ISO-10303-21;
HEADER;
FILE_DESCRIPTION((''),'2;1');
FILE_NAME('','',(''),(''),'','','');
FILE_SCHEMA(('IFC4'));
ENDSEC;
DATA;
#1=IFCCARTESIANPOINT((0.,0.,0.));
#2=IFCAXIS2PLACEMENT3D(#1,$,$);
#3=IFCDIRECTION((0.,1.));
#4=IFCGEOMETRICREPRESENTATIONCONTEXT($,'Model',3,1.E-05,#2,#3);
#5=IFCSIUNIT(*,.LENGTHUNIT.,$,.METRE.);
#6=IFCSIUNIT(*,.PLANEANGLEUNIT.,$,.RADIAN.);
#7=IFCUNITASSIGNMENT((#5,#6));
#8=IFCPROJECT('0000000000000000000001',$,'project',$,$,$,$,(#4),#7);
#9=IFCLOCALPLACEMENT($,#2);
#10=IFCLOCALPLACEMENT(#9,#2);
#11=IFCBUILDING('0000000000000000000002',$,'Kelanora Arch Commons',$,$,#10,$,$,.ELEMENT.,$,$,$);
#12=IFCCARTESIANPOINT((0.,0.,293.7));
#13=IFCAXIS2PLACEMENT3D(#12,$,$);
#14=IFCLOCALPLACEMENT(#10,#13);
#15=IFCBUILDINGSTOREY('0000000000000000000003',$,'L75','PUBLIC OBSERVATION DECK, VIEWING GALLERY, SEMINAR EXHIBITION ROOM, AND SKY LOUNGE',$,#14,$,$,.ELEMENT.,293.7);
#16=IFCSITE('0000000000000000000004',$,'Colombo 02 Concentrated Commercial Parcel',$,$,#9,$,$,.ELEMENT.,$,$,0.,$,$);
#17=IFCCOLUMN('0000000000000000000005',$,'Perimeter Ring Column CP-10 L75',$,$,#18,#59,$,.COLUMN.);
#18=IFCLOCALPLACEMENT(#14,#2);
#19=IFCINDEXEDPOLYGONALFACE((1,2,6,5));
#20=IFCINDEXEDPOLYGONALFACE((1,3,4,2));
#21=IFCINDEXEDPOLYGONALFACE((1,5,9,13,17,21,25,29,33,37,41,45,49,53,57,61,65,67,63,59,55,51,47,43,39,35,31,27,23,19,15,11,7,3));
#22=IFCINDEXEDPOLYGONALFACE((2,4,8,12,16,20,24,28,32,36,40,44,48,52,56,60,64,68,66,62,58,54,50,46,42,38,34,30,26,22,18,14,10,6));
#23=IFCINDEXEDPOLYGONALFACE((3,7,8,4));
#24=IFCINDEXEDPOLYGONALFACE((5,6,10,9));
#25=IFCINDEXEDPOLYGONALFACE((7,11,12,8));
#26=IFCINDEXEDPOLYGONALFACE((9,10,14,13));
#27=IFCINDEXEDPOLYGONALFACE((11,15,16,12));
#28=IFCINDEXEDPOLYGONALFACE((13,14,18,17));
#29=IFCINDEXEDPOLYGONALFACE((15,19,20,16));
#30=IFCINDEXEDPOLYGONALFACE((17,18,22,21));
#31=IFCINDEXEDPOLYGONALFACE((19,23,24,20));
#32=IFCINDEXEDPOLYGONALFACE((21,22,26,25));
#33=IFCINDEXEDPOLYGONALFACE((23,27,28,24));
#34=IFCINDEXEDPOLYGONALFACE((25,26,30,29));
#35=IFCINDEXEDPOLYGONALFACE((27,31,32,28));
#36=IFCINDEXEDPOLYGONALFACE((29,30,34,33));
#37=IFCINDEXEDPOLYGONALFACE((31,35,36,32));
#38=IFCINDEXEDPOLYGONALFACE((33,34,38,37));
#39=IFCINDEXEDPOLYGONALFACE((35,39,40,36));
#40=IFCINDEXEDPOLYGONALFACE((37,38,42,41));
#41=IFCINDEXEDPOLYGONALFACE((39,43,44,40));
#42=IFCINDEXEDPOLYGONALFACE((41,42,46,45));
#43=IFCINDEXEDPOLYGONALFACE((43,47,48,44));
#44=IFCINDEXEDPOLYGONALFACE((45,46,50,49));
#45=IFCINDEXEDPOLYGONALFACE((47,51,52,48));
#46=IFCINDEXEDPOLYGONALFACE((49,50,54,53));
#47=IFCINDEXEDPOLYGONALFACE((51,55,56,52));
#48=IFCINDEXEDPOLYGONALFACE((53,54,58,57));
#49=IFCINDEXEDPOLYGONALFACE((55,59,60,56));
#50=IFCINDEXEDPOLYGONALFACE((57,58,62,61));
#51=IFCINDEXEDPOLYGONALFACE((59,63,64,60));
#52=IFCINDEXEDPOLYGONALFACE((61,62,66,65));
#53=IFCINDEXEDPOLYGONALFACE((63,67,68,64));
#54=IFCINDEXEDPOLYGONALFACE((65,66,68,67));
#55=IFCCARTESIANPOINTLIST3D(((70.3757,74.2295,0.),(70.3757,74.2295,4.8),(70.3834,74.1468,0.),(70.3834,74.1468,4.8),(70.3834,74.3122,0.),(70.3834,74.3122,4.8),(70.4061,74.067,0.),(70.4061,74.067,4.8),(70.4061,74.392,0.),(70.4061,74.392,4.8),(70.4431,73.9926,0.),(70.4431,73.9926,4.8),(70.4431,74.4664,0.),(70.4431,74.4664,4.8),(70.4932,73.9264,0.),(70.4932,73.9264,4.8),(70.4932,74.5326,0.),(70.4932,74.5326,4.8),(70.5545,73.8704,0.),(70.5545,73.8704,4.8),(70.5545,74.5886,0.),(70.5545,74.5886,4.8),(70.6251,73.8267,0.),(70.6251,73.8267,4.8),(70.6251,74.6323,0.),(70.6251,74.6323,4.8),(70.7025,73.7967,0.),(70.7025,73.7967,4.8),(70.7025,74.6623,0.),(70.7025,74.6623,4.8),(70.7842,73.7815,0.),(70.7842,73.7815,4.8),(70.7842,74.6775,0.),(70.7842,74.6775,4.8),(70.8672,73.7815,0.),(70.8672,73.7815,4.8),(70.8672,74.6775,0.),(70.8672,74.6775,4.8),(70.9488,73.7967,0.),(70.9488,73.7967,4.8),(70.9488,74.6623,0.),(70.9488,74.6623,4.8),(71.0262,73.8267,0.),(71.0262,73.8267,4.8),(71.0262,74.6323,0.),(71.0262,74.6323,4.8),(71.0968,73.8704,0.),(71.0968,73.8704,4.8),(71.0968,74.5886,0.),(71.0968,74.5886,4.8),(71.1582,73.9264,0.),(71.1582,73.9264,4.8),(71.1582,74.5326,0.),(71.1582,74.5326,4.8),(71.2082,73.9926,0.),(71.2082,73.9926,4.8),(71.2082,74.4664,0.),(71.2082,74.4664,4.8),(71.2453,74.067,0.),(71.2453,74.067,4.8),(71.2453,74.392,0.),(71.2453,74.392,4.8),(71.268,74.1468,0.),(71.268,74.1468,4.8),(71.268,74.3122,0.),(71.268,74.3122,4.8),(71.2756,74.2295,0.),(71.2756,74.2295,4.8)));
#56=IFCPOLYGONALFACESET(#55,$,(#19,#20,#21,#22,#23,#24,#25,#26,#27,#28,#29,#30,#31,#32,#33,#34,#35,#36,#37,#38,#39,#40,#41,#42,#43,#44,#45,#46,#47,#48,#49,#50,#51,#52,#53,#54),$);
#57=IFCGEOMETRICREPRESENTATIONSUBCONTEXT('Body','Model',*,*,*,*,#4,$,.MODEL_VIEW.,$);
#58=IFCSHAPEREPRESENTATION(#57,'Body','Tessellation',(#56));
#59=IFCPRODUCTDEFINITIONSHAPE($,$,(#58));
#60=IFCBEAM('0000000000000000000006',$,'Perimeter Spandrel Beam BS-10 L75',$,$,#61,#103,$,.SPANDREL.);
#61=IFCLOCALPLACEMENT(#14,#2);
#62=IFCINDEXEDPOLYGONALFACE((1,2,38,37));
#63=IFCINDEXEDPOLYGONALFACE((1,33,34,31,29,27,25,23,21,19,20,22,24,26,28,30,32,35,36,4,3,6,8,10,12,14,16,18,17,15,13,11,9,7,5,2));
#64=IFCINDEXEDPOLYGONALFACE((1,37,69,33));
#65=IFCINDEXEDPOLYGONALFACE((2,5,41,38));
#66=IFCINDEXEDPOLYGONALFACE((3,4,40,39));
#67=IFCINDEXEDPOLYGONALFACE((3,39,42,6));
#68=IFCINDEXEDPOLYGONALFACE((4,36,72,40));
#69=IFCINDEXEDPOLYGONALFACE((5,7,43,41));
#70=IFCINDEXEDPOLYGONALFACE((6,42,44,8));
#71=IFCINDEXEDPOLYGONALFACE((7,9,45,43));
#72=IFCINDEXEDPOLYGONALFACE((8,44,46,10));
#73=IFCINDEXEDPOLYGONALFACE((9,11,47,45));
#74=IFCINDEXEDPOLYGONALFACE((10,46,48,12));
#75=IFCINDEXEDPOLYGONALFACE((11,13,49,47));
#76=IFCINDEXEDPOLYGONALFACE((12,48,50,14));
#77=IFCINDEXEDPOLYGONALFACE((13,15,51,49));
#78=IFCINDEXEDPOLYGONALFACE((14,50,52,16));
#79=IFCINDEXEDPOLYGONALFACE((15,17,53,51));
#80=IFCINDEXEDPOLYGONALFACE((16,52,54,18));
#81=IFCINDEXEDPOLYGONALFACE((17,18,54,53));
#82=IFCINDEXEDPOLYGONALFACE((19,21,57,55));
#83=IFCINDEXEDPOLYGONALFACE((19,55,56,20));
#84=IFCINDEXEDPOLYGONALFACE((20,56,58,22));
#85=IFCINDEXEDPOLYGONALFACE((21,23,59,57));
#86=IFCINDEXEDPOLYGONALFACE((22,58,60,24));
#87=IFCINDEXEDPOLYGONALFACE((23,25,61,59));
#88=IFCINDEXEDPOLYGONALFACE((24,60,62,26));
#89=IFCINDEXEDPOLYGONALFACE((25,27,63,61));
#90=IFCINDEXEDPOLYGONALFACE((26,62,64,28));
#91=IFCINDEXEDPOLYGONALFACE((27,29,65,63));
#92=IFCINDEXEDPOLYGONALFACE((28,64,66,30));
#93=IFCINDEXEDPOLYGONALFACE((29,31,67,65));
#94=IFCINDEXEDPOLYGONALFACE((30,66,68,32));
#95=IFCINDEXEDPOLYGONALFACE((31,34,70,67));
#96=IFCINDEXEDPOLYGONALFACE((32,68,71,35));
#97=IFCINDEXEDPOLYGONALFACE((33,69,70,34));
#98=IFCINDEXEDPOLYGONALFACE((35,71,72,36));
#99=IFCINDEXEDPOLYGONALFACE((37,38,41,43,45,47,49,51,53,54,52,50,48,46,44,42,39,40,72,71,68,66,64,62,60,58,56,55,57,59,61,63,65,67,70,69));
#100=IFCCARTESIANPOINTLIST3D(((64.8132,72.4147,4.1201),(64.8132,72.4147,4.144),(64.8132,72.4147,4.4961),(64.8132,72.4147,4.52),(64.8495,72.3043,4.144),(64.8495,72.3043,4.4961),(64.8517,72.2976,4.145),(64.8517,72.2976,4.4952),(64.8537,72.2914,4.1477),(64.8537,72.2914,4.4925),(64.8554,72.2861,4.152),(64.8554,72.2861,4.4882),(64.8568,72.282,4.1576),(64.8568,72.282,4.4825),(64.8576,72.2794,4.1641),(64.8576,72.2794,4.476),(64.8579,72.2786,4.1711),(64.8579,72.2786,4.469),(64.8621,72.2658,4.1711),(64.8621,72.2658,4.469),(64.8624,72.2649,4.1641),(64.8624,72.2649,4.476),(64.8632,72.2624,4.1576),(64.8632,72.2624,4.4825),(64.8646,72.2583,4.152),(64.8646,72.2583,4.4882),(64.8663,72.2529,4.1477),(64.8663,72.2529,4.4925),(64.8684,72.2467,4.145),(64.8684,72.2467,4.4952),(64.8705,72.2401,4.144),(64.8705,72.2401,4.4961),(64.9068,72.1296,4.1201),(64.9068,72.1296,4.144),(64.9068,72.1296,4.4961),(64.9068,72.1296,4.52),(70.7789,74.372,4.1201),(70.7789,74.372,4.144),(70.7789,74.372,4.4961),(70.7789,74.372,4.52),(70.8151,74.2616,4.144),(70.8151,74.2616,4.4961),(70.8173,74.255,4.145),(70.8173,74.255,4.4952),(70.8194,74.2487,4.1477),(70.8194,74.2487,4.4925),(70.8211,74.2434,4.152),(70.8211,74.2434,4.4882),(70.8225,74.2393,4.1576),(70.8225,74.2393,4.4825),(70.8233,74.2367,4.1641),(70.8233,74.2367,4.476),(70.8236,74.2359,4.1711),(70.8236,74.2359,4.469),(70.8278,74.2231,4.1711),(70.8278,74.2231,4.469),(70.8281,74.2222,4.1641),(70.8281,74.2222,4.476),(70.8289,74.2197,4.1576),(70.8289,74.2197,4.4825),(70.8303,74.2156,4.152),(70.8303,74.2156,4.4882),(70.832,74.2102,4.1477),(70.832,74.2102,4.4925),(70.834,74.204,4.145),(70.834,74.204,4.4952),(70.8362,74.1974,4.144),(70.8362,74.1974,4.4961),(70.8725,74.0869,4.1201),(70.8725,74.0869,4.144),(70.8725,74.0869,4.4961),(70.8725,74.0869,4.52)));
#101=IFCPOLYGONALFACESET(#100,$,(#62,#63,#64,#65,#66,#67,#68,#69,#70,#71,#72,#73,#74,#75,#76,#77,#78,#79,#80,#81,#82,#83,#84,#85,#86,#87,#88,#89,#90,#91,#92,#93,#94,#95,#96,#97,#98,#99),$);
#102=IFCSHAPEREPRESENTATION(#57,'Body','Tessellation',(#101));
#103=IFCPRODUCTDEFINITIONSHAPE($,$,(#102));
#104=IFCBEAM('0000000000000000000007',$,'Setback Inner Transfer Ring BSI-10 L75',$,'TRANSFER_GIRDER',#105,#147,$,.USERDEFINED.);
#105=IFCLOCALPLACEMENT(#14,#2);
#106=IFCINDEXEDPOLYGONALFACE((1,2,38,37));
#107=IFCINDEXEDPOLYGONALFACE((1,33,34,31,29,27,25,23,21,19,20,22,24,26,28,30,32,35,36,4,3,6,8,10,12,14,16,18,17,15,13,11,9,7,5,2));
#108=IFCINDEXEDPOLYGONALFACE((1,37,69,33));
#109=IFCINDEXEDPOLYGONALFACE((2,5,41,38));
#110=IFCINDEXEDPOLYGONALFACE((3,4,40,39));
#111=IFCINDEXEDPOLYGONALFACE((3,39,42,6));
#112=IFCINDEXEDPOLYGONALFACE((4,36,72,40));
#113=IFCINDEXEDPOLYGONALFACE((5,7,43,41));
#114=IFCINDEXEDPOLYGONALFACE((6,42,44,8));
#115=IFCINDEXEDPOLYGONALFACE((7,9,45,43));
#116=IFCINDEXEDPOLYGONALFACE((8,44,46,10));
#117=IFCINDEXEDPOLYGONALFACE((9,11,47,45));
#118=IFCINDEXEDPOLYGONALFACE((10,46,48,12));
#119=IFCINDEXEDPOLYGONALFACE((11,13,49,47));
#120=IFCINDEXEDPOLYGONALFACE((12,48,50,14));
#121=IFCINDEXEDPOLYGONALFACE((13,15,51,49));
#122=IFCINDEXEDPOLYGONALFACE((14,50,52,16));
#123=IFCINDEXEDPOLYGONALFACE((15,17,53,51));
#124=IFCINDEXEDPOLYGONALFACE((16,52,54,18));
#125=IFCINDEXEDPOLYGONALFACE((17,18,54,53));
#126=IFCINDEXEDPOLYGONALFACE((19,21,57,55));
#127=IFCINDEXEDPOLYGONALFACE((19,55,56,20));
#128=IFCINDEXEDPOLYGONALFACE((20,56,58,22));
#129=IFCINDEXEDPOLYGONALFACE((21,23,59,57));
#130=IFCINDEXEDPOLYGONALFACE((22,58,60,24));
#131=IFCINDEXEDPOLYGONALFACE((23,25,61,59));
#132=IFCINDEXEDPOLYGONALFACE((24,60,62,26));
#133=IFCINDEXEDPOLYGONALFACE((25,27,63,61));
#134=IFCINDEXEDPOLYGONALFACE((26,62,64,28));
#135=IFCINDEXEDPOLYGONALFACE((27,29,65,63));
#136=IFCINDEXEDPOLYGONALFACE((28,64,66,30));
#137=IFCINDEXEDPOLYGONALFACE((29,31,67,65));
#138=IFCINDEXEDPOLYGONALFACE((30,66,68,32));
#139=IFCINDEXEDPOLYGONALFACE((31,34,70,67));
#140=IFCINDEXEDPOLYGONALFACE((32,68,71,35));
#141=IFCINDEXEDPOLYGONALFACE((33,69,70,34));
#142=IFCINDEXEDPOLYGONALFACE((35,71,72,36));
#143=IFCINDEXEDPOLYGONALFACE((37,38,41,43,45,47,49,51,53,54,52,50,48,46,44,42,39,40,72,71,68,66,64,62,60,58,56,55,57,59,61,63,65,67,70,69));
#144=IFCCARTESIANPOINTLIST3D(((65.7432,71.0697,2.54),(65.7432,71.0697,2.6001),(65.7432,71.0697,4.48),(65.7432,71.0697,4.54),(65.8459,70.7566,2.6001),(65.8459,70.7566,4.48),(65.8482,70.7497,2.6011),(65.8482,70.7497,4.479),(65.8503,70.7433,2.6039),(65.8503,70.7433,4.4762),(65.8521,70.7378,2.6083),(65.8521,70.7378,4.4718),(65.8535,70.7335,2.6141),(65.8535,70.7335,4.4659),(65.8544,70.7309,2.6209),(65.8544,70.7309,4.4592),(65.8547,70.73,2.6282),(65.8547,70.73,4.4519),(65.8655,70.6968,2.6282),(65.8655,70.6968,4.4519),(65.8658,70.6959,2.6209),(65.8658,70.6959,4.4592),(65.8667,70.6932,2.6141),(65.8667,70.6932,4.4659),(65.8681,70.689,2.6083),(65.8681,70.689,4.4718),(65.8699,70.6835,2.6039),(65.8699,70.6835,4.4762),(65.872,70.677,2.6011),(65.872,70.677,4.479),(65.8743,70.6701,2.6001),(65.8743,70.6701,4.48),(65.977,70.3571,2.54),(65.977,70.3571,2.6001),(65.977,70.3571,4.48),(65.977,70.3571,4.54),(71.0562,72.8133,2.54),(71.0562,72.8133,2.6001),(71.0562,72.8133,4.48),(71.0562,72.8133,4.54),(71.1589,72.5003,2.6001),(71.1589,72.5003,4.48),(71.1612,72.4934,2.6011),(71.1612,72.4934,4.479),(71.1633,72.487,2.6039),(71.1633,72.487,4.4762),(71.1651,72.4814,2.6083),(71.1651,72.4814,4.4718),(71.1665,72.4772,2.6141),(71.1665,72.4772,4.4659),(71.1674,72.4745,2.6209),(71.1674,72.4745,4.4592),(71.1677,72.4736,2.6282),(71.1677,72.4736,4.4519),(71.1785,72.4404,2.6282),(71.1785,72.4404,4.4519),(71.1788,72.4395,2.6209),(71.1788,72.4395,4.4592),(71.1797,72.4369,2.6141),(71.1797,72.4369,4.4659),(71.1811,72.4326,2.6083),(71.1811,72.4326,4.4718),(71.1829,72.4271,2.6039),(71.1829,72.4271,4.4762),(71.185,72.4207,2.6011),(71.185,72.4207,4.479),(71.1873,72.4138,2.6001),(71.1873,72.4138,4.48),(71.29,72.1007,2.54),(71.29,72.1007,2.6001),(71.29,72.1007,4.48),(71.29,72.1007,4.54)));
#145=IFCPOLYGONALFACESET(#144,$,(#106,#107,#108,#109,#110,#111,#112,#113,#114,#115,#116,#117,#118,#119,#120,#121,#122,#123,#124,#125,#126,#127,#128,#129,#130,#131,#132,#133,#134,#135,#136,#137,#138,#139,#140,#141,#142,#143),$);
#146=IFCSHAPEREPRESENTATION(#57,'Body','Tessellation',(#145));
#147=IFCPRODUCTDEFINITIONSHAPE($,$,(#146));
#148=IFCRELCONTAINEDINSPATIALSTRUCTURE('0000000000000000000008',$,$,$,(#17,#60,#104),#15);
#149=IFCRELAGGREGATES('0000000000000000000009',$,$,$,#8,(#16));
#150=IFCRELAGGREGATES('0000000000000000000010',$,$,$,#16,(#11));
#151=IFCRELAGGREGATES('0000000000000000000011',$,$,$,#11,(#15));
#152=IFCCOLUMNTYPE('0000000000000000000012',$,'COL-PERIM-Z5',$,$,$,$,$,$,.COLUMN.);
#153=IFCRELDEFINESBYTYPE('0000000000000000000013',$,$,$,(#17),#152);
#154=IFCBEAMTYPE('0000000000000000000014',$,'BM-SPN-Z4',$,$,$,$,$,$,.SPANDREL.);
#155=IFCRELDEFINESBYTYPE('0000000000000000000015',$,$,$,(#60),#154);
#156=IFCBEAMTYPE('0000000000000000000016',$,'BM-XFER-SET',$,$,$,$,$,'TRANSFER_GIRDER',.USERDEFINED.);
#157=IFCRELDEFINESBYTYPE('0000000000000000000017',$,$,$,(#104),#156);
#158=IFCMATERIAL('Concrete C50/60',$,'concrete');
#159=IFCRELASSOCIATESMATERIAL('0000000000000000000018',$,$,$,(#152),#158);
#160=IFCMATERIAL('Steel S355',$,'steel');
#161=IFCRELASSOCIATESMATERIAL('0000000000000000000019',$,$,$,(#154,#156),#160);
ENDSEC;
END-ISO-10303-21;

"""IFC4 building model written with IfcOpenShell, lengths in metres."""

from ifc_helpers import new_model, si_unit, direction, frame, origin, origin_2d, place, context, subcontext, project, spatial, circle, i_section, extrude, material, material_profile, profile_set, type_object, element, save


model = new_model("IFC4")

# Units and contexts
model_context = context("Model", 3, precision=1e-05, world=origin(), true_north=direction((0.0, 1.0)))
body_context = subcontext(model_context, "Body", "Model", "MODEL_VIEW")
ifc_project = project(units=[si_unit("LENGTHUNIT", "METRE"), si_unit("PLANEANGLEUNIT", "RADIAN")], contexts=[model_context])

# Site, building, storey
site_placement = place(None, origin())
site = spatial("IfcSite", under=ifc_project, at=site_placement, Name="Colombo 02 Concentrated Commercial Parcel", CompositionType="ELEMENT", RefElevation=0.0)
building_placement = place(site_placement, origin())
building = spatial("IfcBuilding", under=site, at=building_placement, Name="Kelanora Arch Commons", CompositionType="ELEMENT")
storey_placement = place(building_placement, frame((0.0, 0.0, 293.7)))
storey = spatial("IfcBuildingStorey", under=building, at=storey_placement, Name="L75", Description="PUBLIC OBSERVATION DECK, VIEWING GALLERY, SEMINAR EXHIBITION ROOM, AND SKY LOUNGE", CompositionType="ELEMENT", Elevation=293.7)

# Column
ifc_material_1 = material(Name="Concrete C50/60", Category="concrete")
ifc_material_profile_1 = material_profile(ifc_material_1, circle(Radius=0.45, at=origin_2d()), Name="RCC900")
ifc_profile_set_1 = profile_set([ifc_material_profile_1], Name="Concrete C50/60")
column_type = type_object("IfcColumnType", Name="COL-PERIM-Z5", PredefinedType="COLUMN", material=ifc_profile_set_1)
column_placement = place(storey_placement, frame((70.8257, 74.2295, 0.0), z_axis=(0.0, 0.0, 1.0), x_axis=(1.0, 0.0, 0.0)))
element("IfcColumn", 1, at=column_placement, inside=storey, type_object=column_type, Name="Perimeter Ring Column CP-10 L75", PredefinedType="COLUMN", context=body_context, shape_type="SweptSolid", body=[
    extrude(circle(Radius=0.45, at=origin_2d()), origin(), (0.0, 0.0, 1.0), 4.8),
])

# Beams
ifc_material_2 = material(Name="Steel S355", Category="steel")
ifc_material_profile_2 = material_profile(ifc_material_2, i_section(OverallWidth=0.3, OverallDepth=0.3999, WebThickness=0.0134, FlangeThickness=0.0239, FilletRadius=0.0271, at=origin_2d()), Name="HEB400")
ifc_profile_set_2 = profile_set([ifc_material_profile_2], Name="Steel S355")
beam_type_1 = type_object("IfcBeamType", Name="BM-SPN-Z4", PredefinedType="SPANDREL", material=ifc_profile_set_2)
beam_1_placement = place(storey_placement, frame((70.8257, 74.2295, 4.3201), z_axis=(-0.950166, -0.311745, 0.0), x_axis=(0.311745, -0.950166, 0.0)))
element("IfcBeam", 2, at=beam_1_placement, inside=storey, type_object=beam_type_1, Name="Perimeter Spandrel Beam BS-10 L75", PredefinedType="SPANDREL", context=body_context, shape_type="SweptSolid", body=[
    extrude(i_section(OverallWidth=0.3, OverallDepth=0.3999, WebThickness=0.0134, FlangeThickness=0.0239, FilletRadius=0.0271, at=origin_2d()), origin(), (0.0, 0.0, 1.0), 6.2786),
])
ifc_material_profile_3 = material_profile(ifc_material_2, i_section(OverallWidth=0.75, OverallDepth=2.0, WebThickness=0.0349, FlangeThickness=0.0601, FilletRadius=0.0281, at=origin_2d()), Name="PG2000x750")
ifc_profile_set_3 = profile_set([ifc_material_profile_3], Name="Steel S355")
beam_type_2 = type_object("IfcBeamType", Name="BM-XFER-SET", ElementType="TRANSFER_GIRDER", PredefinedType="USERDEFINED", material=ifc_profile_set_3)
beam_2_placement = place(storey_placement, frame((71.1731, 72.457, 3.54), z_axis=(-0.95014, -0.311823, 0.0), x_axis=(0.311823, -0.95014, 0.0)))
element("IfcBeam", 3, at=beam_2_placement, inside=storey, type_object=beam_type_2, Name="Setback Inner Transfer Ring BSI-10 L75", ObjectType="TRANSFER_GIRDER", PredefinedType="USERDEFINED", context=body_context, shape_type="SweptSolid", body=[
    extrude(i_section(OverallWidth=0.75, OverallDepth=2.0, WebThickness=0.0349, FlangeThickness=0.0601, FilletRadius=0.0281, at=origin_2d()), origin(), (0.0, 0.0, 1.0), 5.5918),
])

save(model, "model.ifc")
